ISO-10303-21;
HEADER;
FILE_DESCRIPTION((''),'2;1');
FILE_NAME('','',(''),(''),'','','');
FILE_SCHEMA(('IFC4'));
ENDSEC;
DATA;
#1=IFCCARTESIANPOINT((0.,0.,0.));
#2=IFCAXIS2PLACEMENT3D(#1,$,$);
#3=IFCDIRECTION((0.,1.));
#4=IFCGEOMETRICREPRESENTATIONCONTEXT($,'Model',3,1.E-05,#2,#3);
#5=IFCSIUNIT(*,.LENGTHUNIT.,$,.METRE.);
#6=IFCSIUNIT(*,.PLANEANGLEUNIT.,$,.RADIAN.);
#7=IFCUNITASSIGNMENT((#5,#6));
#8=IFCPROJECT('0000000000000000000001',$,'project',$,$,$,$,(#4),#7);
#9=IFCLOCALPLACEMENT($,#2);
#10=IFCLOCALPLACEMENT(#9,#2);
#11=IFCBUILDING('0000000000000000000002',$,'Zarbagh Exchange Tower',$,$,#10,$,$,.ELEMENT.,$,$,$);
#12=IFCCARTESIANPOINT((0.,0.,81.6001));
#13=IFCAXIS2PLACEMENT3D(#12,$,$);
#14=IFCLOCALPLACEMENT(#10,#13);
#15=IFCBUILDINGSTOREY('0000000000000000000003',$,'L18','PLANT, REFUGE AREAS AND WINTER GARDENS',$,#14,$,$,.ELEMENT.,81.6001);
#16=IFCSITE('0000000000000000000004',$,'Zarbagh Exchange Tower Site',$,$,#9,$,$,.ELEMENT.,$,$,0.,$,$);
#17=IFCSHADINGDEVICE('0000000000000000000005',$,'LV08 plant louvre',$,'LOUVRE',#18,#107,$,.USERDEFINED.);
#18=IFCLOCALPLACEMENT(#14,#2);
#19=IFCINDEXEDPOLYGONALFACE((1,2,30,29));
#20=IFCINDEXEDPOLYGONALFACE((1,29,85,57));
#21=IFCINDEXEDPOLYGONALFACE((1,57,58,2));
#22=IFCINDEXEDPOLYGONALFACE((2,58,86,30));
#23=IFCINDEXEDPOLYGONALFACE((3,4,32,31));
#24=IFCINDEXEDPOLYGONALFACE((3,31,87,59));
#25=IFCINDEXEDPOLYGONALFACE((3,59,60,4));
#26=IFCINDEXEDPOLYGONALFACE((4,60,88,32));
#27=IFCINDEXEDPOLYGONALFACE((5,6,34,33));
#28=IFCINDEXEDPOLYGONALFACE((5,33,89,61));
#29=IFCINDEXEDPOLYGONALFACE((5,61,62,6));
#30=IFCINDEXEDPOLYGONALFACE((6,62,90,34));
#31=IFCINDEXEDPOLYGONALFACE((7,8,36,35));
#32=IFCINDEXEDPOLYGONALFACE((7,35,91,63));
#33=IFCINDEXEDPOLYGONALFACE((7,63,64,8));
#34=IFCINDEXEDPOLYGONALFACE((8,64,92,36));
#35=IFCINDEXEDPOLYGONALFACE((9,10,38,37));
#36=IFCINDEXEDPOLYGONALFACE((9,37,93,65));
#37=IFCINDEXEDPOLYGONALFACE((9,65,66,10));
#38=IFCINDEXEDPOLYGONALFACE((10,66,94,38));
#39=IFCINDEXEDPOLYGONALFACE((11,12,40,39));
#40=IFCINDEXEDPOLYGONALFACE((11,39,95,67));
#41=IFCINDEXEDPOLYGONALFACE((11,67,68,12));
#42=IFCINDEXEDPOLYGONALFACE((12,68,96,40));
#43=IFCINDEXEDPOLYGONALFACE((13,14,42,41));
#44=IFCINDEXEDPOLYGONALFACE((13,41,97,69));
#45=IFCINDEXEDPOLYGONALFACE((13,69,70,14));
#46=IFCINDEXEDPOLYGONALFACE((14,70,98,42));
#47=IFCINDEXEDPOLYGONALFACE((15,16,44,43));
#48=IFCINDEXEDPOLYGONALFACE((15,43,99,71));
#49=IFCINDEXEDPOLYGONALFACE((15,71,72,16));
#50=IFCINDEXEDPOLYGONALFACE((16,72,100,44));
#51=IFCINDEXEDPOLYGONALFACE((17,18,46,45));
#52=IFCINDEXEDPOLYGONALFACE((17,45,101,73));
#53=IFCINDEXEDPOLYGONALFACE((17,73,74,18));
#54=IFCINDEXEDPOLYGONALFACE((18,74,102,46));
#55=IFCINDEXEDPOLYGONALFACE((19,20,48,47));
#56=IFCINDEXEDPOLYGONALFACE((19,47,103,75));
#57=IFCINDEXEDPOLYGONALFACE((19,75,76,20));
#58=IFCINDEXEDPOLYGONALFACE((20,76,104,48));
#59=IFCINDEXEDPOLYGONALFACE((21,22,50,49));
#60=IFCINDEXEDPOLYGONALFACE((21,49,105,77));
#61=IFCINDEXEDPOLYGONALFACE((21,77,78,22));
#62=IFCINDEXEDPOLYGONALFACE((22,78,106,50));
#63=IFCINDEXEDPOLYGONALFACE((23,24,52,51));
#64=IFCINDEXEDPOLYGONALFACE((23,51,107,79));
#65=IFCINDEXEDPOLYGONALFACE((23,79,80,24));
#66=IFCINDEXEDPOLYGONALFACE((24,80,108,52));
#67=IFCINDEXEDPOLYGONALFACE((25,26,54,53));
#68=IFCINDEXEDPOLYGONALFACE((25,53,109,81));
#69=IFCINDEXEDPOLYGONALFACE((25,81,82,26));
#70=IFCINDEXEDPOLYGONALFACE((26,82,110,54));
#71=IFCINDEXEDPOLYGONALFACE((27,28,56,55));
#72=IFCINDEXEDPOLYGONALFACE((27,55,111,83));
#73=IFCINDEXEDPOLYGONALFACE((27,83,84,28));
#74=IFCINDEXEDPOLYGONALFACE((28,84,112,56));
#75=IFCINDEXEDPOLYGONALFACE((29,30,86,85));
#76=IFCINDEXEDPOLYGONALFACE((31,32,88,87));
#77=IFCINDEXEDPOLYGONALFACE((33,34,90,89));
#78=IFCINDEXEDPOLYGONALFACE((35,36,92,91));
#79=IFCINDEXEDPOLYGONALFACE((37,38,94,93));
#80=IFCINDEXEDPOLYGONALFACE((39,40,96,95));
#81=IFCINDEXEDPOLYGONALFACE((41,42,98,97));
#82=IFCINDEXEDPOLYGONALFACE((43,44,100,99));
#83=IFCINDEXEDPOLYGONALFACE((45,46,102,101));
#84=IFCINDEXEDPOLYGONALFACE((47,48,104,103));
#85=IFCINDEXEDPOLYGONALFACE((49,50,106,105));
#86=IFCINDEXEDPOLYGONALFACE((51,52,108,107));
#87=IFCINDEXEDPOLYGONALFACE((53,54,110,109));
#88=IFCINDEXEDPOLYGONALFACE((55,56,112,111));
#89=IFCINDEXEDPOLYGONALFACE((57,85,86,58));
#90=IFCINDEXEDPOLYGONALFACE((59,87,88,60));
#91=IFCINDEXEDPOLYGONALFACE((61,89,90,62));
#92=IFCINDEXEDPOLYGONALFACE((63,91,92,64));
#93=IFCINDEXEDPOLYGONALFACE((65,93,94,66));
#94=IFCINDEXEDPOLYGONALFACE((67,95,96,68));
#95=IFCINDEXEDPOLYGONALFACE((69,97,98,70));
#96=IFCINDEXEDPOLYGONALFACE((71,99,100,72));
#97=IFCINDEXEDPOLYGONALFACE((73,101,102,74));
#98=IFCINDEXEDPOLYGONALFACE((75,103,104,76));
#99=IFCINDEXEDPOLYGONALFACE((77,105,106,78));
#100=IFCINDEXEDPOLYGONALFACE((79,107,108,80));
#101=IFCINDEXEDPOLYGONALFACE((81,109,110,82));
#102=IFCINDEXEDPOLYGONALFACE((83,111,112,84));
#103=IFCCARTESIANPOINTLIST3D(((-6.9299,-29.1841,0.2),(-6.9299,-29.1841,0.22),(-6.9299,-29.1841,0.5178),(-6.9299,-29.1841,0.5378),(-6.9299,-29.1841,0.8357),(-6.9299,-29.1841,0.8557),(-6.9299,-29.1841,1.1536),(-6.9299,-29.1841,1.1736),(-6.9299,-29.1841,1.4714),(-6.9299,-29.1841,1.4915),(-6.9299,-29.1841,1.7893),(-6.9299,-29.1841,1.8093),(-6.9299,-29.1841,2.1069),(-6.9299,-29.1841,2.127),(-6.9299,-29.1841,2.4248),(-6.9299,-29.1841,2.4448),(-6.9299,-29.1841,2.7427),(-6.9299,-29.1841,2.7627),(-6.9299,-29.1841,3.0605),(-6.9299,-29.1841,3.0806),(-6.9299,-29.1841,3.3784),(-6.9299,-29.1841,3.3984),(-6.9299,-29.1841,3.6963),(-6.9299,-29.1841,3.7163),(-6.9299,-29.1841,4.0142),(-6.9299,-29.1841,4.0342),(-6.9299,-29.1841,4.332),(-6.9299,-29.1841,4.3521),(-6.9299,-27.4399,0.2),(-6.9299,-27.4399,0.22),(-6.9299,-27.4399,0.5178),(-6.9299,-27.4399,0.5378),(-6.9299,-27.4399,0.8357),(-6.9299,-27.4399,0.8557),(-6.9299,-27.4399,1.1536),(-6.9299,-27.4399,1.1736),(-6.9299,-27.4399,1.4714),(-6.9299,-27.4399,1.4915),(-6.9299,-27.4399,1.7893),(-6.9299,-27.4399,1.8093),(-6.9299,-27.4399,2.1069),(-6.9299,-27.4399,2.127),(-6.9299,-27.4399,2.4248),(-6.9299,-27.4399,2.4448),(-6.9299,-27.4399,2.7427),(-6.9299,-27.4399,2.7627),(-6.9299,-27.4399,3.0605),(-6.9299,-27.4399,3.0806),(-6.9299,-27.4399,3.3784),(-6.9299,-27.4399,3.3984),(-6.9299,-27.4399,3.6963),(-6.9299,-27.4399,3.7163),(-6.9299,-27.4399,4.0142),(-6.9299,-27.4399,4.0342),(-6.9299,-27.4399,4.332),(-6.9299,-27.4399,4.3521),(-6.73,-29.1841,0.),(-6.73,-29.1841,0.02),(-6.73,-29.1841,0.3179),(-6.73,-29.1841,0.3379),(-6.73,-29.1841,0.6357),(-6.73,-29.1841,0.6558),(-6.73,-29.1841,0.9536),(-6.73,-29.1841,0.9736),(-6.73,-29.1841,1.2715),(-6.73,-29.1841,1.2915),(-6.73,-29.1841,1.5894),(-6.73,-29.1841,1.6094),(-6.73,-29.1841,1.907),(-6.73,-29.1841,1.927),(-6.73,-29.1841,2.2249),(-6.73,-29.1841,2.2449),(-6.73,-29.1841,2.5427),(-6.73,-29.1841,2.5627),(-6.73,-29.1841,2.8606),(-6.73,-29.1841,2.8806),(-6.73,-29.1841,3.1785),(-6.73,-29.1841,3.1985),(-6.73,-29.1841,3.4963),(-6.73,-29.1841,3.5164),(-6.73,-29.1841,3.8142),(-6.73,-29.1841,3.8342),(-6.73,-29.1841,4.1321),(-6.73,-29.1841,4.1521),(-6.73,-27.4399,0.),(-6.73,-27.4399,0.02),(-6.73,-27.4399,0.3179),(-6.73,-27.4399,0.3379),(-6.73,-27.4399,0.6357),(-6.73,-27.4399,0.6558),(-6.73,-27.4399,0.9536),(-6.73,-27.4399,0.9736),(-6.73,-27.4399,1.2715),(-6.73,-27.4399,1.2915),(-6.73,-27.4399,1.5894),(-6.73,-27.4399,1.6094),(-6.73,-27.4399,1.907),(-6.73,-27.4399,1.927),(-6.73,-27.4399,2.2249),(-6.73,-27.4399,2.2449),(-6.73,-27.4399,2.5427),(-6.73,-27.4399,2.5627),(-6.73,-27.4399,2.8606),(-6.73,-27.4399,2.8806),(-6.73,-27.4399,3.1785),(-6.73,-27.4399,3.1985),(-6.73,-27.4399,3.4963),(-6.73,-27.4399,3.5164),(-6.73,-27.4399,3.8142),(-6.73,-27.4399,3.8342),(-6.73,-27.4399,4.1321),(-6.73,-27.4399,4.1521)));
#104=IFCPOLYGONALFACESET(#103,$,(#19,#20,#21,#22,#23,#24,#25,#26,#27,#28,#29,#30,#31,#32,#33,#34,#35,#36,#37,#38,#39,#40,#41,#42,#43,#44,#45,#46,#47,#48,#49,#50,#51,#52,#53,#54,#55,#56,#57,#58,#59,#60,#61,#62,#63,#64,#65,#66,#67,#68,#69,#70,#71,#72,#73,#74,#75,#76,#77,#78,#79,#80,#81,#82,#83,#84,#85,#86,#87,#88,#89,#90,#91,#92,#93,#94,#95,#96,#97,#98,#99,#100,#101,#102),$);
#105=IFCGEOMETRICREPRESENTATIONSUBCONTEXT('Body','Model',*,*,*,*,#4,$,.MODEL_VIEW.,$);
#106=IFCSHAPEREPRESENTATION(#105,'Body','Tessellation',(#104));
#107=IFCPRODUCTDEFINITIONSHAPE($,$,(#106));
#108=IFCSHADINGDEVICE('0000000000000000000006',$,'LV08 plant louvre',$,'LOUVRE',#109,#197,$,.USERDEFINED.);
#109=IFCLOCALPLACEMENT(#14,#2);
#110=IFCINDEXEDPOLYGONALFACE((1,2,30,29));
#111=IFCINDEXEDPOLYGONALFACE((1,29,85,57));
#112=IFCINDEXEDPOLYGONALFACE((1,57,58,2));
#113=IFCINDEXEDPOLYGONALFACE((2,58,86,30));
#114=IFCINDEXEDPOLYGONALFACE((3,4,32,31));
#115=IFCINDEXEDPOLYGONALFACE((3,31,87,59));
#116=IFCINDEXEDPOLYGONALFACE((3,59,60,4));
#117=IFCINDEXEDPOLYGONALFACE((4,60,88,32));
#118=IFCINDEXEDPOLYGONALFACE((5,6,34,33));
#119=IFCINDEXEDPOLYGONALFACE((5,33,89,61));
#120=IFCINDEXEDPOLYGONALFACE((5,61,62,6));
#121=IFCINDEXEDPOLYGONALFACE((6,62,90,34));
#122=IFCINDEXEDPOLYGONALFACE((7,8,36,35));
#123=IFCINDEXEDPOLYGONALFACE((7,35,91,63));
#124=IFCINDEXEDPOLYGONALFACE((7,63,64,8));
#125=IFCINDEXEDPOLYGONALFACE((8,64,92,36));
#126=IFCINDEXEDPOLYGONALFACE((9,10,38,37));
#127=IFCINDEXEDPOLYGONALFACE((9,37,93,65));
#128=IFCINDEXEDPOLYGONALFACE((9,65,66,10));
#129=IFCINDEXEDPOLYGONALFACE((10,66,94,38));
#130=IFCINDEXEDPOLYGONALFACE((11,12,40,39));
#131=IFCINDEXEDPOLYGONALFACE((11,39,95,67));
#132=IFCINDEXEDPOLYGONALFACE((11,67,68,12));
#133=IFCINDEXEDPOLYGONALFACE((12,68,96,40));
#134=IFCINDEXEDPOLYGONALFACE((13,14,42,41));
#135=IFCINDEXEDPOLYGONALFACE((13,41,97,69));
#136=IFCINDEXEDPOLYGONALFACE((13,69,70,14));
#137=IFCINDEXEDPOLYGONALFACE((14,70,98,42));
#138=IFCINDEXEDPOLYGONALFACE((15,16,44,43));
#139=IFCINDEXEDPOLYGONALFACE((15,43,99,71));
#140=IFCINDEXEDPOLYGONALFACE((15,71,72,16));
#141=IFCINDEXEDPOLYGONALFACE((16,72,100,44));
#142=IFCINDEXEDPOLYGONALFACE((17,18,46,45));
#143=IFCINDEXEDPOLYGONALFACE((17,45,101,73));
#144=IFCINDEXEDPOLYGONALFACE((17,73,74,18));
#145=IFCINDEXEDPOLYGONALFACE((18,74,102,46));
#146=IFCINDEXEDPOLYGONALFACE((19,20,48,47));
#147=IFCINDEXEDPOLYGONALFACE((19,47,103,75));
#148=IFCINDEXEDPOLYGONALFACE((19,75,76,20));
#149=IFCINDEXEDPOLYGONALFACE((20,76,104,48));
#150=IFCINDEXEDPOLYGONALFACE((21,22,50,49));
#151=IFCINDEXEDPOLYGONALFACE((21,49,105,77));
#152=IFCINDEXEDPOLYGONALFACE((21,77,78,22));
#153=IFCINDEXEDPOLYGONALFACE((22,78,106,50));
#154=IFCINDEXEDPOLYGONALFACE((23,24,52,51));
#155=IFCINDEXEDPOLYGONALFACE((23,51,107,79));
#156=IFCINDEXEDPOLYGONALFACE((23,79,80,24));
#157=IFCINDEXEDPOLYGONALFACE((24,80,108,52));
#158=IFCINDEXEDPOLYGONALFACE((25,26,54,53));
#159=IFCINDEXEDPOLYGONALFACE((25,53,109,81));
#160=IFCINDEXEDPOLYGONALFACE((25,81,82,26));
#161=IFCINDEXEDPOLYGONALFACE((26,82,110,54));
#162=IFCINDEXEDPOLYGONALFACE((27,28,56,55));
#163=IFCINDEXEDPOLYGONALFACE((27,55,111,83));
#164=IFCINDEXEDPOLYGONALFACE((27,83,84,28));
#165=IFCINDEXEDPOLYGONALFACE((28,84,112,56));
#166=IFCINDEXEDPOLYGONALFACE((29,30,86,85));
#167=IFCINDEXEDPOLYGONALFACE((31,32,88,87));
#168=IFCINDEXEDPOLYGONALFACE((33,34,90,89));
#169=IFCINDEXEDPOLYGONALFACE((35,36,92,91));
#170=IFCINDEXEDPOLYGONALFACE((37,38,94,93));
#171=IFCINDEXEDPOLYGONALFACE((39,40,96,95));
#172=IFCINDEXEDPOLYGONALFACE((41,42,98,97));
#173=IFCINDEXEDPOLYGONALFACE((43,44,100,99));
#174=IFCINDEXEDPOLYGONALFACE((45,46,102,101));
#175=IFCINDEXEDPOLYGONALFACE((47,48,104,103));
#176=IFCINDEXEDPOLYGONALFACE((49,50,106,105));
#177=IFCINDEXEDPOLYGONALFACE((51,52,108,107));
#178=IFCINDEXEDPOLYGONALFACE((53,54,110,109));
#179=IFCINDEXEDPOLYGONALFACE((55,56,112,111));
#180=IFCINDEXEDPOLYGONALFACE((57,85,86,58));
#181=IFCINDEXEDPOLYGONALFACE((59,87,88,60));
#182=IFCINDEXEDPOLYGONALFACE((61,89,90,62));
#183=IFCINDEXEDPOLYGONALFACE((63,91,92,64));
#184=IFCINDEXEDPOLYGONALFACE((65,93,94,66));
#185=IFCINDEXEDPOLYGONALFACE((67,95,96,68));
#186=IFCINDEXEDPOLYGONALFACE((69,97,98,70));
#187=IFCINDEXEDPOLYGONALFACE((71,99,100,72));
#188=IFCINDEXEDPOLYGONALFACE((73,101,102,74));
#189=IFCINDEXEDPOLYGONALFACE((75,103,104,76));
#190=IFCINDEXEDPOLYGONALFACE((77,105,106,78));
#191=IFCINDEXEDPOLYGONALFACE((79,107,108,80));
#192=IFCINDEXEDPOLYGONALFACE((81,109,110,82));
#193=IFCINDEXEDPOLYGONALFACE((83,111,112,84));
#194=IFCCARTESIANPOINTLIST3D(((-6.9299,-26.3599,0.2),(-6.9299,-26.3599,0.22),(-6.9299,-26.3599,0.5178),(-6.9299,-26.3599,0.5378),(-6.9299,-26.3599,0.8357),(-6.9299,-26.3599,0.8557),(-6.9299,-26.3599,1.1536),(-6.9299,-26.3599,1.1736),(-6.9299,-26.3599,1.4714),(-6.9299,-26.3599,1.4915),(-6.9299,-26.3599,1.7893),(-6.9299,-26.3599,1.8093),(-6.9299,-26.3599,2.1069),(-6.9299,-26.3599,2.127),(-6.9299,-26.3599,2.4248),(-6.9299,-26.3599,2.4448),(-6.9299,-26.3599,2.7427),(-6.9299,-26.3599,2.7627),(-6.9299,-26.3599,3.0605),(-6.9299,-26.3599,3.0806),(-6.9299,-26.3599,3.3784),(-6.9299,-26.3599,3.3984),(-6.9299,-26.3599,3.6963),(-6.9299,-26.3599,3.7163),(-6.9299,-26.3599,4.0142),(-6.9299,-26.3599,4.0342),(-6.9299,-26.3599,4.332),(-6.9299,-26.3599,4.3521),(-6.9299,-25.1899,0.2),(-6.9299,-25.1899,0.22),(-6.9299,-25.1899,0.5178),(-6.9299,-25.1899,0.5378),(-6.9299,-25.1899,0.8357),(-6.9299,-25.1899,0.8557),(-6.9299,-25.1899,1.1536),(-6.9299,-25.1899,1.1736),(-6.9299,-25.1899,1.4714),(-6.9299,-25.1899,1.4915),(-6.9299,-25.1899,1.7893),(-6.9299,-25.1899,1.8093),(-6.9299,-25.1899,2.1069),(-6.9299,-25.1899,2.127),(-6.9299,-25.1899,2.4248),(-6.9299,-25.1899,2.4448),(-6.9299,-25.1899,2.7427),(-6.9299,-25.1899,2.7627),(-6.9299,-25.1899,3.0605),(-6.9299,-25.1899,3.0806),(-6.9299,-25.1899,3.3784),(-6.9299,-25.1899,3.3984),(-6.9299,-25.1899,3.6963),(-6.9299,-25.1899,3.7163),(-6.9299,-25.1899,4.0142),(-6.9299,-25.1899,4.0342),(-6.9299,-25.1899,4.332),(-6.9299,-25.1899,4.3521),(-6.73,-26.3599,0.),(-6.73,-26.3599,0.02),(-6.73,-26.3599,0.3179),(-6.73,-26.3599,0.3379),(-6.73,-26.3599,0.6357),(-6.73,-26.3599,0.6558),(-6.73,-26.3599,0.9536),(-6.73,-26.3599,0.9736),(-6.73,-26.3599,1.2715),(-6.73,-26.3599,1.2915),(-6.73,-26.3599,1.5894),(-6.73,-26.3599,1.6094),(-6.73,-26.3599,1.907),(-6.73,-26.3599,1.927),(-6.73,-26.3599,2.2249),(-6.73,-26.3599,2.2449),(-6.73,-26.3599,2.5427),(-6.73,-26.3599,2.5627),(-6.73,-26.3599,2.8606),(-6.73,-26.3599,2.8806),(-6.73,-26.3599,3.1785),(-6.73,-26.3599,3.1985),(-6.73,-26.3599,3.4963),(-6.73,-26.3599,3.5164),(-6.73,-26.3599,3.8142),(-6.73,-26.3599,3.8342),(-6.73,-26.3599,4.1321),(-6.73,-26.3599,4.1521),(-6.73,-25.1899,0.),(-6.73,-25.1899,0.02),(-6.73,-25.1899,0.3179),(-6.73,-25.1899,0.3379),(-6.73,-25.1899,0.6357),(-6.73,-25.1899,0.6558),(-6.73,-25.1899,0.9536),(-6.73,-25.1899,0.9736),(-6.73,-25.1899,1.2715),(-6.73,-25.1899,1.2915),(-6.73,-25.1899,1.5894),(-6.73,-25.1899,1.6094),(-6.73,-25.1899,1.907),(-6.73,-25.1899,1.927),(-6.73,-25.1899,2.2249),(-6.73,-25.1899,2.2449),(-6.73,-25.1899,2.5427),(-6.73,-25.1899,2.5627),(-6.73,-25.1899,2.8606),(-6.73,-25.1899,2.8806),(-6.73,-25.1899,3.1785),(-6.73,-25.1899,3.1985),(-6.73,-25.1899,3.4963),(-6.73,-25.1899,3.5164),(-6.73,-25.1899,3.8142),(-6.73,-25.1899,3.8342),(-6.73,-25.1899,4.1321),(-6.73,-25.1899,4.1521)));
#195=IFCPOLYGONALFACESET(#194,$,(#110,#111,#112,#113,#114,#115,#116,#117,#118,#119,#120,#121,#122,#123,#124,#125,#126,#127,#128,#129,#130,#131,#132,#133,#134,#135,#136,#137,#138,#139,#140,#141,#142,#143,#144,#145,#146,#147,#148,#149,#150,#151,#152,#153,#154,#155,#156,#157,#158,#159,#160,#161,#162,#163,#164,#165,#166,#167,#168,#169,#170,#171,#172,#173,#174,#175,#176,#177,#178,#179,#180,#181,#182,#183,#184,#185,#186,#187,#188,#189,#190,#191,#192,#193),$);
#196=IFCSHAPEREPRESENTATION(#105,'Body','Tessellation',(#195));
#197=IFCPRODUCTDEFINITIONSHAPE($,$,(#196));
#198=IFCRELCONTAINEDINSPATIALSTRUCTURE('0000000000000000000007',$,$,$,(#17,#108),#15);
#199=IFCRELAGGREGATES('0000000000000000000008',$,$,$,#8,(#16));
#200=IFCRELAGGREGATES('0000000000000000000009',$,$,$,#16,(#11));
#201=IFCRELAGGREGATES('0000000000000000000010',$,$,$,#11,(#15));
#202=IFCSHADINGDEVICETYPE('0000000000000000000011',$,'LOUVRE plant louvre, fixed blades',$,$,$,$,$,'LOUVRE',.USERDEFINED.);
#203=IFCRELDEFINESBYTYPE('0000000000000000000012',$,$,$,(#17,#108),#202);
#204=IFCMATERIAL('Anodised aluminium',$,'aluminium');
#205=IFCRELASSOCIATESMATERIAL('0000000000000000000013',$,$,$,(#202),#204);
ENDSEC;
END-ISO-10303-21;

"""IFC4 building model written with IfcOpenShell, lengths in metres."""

from ifc_helpers import new_model, si_unit, direction, frame, origin, place, context, subcontext, project, spatial, polyline, outline, extrude, source, transform, mapped, material, type_object, element, save


model = new_model("IFC4")

# Units and contexts
model_context = context("Model", 3, precision=1e-05, world=origin(), true_north=direction((0.0, 1.0)))
body_context = subcontext(model_context, "Body", "Model", "MODEL_VIEW")
ifc_project = project(units=[si_unit("LENGTHUNIT", "METRE"), si_unit("PLANEANGLEUNIT", "RADIAN")], contexts=[model_context])

# Site, building, storey
site_placement = place(None, origin())
site = spatial("IfcSite", under=ifc_project, at=site_placement, Name="Zarbagh Exchange Tower Site", CompositionType="ELEMENT", RefElevation=0.0)
building_placement = place(site_placement, origin())
building = spatial("IfcBuilding", under=site, at=building_placement, Name="Zarbagh Exchange Tower", CompositionType="ELEMENT")
storey_placement = place(building_placement, frame((0.0, 0.0, 81.6001)))
storey = spatial("IfcBuildingStorey", under=building, at=storey_placement, Name="L18", Description="PLANT, REFUGE AREAS AND WINTER GARDENS", CompositionType="ELEMENT", Elevation=81.6001)

# Shared definitions
placement = place(storey_placement, origin())

# Shading devices
ifc_material_1 = material(Name="Anodised aluminium", Category="aluminium")
shading_device_type = type_object("IfcShadingDeviceType", Name="LOUVRE plant louvre, fixed blades", ElementType="LOUVRE", PredefinedType="USERDEFINED", material=ifc_material_1)
shared_shape_1 = source(origin(), body_context, "Body", "SweptSolid", [
    extrude(outline(polyline([(0.0, 0.2), (0.2, 0.0), (0.2, -0.02), (0.0, 0.1799), (0.0, 0.2)])), origin(), (0.0, 0.0, 1.0), 1.7441),
])
element("IfcShadingDevice", 1, at=placement, inside=storey, type_object=shading_device_type, Name="LV08 plant louvre", ObjectType="LOUVRE", PredefinedType="USERDEFINED", context=body_context, shape_type="MappedRepresentation", body=[
    mapped(shared_shape_1, transform((-6.73, -27.4399, 0.2), x_axis=(-1.0, 0.0, 0.0), y_axis=(0.0, 0.0, -1.0), z_axis=(0.0, -1.0, 0.0))),
    mapped(shared_shape_1, transform((-6.73, -27.4399, 0.5178), x_axis=(-1.0, 0.0, 0.0), y_axis=(0.0, 0.0, -1.0), z_axis=(0.0, -1.0, 0.0))),
    mapped(shared_shape_1, transform((-6.73, -27.4399, 0.8357), x_axis=(-1.0, 0.0, 0.0), y_axis=(0.0, 0.0, -1.0), z_axis=(0.0, -1.0, 0.0))),
    mapped(shared_shape_1, transform((-6.73, -27.4399, 1.1536), x_axis=(-1.0, 0.0, 0.0), y_axis=(0.0, 0.0, -1.0), z_axis=(0.0, -1.0, 0.0))),
    mapped(shared_shape_1, transform((-6.73, -27.4399, 1.4714), x_axis=(-1.0, 0.0, 0.0), y_axis=(0.0, 0.0, -1.0), z_axis=(0.0, -1.0, 0.0))),
    mapped(shared_shape_1, transform((-6.73, -27.4399, 1.7893), x_axis=(-1.0, 0.0, 0.0), y_axis=(0.0, 0.0, -1.0), z_axis=(0.0, -1.0, 0.0))),
    mapped(shared_shape_1, transform((-6.73, -27.4399, 2.1069), x_axis=(-1.0, 0.0, 0.0), y_axis=(0.0, 0.0, -1.0), z_axis=(0.0, -1.0, 0.0))),
    mapped(shared_shape_1, transform((-6.73, -27.4399, 2.4248), x_axis=(-1.0, 0.0, 0.0), y_axis=(0.0, 0.0, -1.0), z_axis=(0.0, -1.0, 0.0))),
    mapped(shared_shape_1, transform((-6.73, -27.4399, 2.7427), x_axis=(-1.0, 0.0, 0.0), y_axis=(0.0, 0.0, -1.0), z_axis=(0.0, -1.0, 0.0))),
    mapped(shared_shape_1, transform((-6.73, -27.4399, 3.0605), x_axis=(-1.0, 0.0, 0.0), y_axis=(0.0, 0.0, -1.0), z_axis=(0.0, -1.0, 0.0))),
    mapped(shared_shape_1, transform((-6.73, -27.4399, 3.3784), x_axis=(-1.0, 0.0, 0.0), y_axis=(0.0, 0.0, -1.0), z_axis=(0.0, -1.0, 0.0))),
    mapped(shared_shape_1, transform((-6.73, -27.4399, 3.6963), x_axis=(-1.0, 0.0, 0.0), y_axis=(0.0, 0.0, -1.0), z_axis=(0.0, -1.0, 0.0))),
    mapped(shared_shape_1, transform((-6.73, -27.4399, 4.0142), x_axis=(-1.0, 0.0, 0.0), y_axis=(0.0, 0.0, -1.0), z_axis=(0.0, -1.0, 0.0))),
    mapped(shared_shape_1, transform((-6.73, -27.4399, 4.332), x_axis=(-1.0, 0.0, 0.0), y_axis=(0.0, 0.0, -1.0), z_axis=(0.0, -1.0, 0.0))),
])
shared_shape_2 = source(origin(), body_context, "Body", "SweptSolid", [
    extrude(outline(polyline([(0.0, 0.2), (0.2, 0.0), (0.2, -0.02), (0.0, 0.1799), (0.0, 0.2)])), origin(), (0.0, 0.0, 1.0), 1.1699),
])
element("IfcShadingDevice", 2, at=placement, inside=storey, type_object=shading_device_type, Name="LV08 plant louvre", ObjectType="LOUVRE", PredefinedType="USERDEFINED", context=body_context, shape_type="MappedRepresentation", body=[
    mapped(shared_shape_2, transform((-6.73, -25.1899, 0.2), x_axis=(-1.0, 0.0, 0.0), y_axis=(0.0, 0.0, -1.0), z_axis=(0.0, -1.0, 0.0))),
    mapped(shared_shape_2, transform((-6.73, -25.1899, 0.5178), x_axis=(-1.0, 0.0, 0.0), y_axis=(0.0, 0.0, -1.0), z_axis=(0.0, -1.0, 0.0))),
    mapped(shared_shape_2, transform((-6.73, -25.1899, 0.8357), x_axis=(-1.0, 0.0, 0.0), y_axis=(0.0, 0.0, -1.0), z_axis=(0.0, -1.0, 0.0))),
    mapped(shared_shape_2, transform((-6.73, -25.1899, 1.1536), x_axis=(-1.0, 0.0, 0.0), y_axis=(0.0, 0.0, -1.0), z_axis=(0.0, -1.0, 0.0))),
    mapped(shared_shape_2, transform((-6.73, -25.1899, 1.4714), x_axis=(-1.0, 0.0, 0.0), y_axis=(0.0, 0.0, -1.0), z_axis=(0.0, -1.0, 0.0))),
    mapped(shared_shape_2, transform((-6.73, -25.1899, 1.7893), x_axis=(-1.0, 0.0, 0.0), y_axis=(0.0, 0.0, -1.0), z_axis=(0.0, -1.0, 0.0))),
    mapped(shared_shape_2, transform((-6.73, -25.1899, 2.1069), x_axis=(-1.0, 0.0, 0.0), y_axis=(0.0, 0.0, -1.0), z_axis=(0.0, -1.0, 0.0))),
    mapped(shared_shape_2, transform((-6.73, -25.1899, 2.4248), x_axis=(-1.0, 0.0, 0.0), y_axis=(0.0, 0.0, -1.0), z_axis=(0.0, -1.0, 0.0))),
    mapped(shared_shape_2, transform((-6.73, -25.1899, 2.7427), x_axis=(-1.0, 0.0, 0.0), y_axis=(0.0, 0.0, -1.0), z_axis=(0.0, -1.0, 0.0))),
    mapped(shared_shape_2, transform((-6.73, -25.1899, 3.0605), x_axis=(-1.0, 0.0, 0.0), y_axis=(0.0, 0.0, -1.0), z_axis=(0.0, -1.0, 0.0))),
    mapped(shared_shape_2, transform((-6.73, -25.1899, 3.3784), x_axis=(-1.0, 0.0, 0.0), y_axis=(0.0, 0.0, -1.0), z_axis=(0.0, -1.0, 0.0))),
    mapped(shared_shape_2, transform((-6.73, -25.1899, 3.6963), x_axis=(-1.0, 0.0, 0.0), y_axis=(0.0, 0.0, -1.0), z_axis=(0.0, -1.0, 0.0))),
    mapped(shared_shape_2, transform((-6.73, -25.1899, 4.0142), x_axis=(-1.0, 0.0, 0.0), y_axis=(0.0, 0.0, -1.0), z_axis=(0.0, -1.0, 0.0))),
    mapped(shared_shape_2, transform((-6.73, -25.1899, 4.332), x_axis=(-1.0, 0.0, 0.0), y_axis=(0.0, 0.0, -1.0), z_axis=(0.0, -1.0, 0.0))),
])

save(model, "model.ifc")
